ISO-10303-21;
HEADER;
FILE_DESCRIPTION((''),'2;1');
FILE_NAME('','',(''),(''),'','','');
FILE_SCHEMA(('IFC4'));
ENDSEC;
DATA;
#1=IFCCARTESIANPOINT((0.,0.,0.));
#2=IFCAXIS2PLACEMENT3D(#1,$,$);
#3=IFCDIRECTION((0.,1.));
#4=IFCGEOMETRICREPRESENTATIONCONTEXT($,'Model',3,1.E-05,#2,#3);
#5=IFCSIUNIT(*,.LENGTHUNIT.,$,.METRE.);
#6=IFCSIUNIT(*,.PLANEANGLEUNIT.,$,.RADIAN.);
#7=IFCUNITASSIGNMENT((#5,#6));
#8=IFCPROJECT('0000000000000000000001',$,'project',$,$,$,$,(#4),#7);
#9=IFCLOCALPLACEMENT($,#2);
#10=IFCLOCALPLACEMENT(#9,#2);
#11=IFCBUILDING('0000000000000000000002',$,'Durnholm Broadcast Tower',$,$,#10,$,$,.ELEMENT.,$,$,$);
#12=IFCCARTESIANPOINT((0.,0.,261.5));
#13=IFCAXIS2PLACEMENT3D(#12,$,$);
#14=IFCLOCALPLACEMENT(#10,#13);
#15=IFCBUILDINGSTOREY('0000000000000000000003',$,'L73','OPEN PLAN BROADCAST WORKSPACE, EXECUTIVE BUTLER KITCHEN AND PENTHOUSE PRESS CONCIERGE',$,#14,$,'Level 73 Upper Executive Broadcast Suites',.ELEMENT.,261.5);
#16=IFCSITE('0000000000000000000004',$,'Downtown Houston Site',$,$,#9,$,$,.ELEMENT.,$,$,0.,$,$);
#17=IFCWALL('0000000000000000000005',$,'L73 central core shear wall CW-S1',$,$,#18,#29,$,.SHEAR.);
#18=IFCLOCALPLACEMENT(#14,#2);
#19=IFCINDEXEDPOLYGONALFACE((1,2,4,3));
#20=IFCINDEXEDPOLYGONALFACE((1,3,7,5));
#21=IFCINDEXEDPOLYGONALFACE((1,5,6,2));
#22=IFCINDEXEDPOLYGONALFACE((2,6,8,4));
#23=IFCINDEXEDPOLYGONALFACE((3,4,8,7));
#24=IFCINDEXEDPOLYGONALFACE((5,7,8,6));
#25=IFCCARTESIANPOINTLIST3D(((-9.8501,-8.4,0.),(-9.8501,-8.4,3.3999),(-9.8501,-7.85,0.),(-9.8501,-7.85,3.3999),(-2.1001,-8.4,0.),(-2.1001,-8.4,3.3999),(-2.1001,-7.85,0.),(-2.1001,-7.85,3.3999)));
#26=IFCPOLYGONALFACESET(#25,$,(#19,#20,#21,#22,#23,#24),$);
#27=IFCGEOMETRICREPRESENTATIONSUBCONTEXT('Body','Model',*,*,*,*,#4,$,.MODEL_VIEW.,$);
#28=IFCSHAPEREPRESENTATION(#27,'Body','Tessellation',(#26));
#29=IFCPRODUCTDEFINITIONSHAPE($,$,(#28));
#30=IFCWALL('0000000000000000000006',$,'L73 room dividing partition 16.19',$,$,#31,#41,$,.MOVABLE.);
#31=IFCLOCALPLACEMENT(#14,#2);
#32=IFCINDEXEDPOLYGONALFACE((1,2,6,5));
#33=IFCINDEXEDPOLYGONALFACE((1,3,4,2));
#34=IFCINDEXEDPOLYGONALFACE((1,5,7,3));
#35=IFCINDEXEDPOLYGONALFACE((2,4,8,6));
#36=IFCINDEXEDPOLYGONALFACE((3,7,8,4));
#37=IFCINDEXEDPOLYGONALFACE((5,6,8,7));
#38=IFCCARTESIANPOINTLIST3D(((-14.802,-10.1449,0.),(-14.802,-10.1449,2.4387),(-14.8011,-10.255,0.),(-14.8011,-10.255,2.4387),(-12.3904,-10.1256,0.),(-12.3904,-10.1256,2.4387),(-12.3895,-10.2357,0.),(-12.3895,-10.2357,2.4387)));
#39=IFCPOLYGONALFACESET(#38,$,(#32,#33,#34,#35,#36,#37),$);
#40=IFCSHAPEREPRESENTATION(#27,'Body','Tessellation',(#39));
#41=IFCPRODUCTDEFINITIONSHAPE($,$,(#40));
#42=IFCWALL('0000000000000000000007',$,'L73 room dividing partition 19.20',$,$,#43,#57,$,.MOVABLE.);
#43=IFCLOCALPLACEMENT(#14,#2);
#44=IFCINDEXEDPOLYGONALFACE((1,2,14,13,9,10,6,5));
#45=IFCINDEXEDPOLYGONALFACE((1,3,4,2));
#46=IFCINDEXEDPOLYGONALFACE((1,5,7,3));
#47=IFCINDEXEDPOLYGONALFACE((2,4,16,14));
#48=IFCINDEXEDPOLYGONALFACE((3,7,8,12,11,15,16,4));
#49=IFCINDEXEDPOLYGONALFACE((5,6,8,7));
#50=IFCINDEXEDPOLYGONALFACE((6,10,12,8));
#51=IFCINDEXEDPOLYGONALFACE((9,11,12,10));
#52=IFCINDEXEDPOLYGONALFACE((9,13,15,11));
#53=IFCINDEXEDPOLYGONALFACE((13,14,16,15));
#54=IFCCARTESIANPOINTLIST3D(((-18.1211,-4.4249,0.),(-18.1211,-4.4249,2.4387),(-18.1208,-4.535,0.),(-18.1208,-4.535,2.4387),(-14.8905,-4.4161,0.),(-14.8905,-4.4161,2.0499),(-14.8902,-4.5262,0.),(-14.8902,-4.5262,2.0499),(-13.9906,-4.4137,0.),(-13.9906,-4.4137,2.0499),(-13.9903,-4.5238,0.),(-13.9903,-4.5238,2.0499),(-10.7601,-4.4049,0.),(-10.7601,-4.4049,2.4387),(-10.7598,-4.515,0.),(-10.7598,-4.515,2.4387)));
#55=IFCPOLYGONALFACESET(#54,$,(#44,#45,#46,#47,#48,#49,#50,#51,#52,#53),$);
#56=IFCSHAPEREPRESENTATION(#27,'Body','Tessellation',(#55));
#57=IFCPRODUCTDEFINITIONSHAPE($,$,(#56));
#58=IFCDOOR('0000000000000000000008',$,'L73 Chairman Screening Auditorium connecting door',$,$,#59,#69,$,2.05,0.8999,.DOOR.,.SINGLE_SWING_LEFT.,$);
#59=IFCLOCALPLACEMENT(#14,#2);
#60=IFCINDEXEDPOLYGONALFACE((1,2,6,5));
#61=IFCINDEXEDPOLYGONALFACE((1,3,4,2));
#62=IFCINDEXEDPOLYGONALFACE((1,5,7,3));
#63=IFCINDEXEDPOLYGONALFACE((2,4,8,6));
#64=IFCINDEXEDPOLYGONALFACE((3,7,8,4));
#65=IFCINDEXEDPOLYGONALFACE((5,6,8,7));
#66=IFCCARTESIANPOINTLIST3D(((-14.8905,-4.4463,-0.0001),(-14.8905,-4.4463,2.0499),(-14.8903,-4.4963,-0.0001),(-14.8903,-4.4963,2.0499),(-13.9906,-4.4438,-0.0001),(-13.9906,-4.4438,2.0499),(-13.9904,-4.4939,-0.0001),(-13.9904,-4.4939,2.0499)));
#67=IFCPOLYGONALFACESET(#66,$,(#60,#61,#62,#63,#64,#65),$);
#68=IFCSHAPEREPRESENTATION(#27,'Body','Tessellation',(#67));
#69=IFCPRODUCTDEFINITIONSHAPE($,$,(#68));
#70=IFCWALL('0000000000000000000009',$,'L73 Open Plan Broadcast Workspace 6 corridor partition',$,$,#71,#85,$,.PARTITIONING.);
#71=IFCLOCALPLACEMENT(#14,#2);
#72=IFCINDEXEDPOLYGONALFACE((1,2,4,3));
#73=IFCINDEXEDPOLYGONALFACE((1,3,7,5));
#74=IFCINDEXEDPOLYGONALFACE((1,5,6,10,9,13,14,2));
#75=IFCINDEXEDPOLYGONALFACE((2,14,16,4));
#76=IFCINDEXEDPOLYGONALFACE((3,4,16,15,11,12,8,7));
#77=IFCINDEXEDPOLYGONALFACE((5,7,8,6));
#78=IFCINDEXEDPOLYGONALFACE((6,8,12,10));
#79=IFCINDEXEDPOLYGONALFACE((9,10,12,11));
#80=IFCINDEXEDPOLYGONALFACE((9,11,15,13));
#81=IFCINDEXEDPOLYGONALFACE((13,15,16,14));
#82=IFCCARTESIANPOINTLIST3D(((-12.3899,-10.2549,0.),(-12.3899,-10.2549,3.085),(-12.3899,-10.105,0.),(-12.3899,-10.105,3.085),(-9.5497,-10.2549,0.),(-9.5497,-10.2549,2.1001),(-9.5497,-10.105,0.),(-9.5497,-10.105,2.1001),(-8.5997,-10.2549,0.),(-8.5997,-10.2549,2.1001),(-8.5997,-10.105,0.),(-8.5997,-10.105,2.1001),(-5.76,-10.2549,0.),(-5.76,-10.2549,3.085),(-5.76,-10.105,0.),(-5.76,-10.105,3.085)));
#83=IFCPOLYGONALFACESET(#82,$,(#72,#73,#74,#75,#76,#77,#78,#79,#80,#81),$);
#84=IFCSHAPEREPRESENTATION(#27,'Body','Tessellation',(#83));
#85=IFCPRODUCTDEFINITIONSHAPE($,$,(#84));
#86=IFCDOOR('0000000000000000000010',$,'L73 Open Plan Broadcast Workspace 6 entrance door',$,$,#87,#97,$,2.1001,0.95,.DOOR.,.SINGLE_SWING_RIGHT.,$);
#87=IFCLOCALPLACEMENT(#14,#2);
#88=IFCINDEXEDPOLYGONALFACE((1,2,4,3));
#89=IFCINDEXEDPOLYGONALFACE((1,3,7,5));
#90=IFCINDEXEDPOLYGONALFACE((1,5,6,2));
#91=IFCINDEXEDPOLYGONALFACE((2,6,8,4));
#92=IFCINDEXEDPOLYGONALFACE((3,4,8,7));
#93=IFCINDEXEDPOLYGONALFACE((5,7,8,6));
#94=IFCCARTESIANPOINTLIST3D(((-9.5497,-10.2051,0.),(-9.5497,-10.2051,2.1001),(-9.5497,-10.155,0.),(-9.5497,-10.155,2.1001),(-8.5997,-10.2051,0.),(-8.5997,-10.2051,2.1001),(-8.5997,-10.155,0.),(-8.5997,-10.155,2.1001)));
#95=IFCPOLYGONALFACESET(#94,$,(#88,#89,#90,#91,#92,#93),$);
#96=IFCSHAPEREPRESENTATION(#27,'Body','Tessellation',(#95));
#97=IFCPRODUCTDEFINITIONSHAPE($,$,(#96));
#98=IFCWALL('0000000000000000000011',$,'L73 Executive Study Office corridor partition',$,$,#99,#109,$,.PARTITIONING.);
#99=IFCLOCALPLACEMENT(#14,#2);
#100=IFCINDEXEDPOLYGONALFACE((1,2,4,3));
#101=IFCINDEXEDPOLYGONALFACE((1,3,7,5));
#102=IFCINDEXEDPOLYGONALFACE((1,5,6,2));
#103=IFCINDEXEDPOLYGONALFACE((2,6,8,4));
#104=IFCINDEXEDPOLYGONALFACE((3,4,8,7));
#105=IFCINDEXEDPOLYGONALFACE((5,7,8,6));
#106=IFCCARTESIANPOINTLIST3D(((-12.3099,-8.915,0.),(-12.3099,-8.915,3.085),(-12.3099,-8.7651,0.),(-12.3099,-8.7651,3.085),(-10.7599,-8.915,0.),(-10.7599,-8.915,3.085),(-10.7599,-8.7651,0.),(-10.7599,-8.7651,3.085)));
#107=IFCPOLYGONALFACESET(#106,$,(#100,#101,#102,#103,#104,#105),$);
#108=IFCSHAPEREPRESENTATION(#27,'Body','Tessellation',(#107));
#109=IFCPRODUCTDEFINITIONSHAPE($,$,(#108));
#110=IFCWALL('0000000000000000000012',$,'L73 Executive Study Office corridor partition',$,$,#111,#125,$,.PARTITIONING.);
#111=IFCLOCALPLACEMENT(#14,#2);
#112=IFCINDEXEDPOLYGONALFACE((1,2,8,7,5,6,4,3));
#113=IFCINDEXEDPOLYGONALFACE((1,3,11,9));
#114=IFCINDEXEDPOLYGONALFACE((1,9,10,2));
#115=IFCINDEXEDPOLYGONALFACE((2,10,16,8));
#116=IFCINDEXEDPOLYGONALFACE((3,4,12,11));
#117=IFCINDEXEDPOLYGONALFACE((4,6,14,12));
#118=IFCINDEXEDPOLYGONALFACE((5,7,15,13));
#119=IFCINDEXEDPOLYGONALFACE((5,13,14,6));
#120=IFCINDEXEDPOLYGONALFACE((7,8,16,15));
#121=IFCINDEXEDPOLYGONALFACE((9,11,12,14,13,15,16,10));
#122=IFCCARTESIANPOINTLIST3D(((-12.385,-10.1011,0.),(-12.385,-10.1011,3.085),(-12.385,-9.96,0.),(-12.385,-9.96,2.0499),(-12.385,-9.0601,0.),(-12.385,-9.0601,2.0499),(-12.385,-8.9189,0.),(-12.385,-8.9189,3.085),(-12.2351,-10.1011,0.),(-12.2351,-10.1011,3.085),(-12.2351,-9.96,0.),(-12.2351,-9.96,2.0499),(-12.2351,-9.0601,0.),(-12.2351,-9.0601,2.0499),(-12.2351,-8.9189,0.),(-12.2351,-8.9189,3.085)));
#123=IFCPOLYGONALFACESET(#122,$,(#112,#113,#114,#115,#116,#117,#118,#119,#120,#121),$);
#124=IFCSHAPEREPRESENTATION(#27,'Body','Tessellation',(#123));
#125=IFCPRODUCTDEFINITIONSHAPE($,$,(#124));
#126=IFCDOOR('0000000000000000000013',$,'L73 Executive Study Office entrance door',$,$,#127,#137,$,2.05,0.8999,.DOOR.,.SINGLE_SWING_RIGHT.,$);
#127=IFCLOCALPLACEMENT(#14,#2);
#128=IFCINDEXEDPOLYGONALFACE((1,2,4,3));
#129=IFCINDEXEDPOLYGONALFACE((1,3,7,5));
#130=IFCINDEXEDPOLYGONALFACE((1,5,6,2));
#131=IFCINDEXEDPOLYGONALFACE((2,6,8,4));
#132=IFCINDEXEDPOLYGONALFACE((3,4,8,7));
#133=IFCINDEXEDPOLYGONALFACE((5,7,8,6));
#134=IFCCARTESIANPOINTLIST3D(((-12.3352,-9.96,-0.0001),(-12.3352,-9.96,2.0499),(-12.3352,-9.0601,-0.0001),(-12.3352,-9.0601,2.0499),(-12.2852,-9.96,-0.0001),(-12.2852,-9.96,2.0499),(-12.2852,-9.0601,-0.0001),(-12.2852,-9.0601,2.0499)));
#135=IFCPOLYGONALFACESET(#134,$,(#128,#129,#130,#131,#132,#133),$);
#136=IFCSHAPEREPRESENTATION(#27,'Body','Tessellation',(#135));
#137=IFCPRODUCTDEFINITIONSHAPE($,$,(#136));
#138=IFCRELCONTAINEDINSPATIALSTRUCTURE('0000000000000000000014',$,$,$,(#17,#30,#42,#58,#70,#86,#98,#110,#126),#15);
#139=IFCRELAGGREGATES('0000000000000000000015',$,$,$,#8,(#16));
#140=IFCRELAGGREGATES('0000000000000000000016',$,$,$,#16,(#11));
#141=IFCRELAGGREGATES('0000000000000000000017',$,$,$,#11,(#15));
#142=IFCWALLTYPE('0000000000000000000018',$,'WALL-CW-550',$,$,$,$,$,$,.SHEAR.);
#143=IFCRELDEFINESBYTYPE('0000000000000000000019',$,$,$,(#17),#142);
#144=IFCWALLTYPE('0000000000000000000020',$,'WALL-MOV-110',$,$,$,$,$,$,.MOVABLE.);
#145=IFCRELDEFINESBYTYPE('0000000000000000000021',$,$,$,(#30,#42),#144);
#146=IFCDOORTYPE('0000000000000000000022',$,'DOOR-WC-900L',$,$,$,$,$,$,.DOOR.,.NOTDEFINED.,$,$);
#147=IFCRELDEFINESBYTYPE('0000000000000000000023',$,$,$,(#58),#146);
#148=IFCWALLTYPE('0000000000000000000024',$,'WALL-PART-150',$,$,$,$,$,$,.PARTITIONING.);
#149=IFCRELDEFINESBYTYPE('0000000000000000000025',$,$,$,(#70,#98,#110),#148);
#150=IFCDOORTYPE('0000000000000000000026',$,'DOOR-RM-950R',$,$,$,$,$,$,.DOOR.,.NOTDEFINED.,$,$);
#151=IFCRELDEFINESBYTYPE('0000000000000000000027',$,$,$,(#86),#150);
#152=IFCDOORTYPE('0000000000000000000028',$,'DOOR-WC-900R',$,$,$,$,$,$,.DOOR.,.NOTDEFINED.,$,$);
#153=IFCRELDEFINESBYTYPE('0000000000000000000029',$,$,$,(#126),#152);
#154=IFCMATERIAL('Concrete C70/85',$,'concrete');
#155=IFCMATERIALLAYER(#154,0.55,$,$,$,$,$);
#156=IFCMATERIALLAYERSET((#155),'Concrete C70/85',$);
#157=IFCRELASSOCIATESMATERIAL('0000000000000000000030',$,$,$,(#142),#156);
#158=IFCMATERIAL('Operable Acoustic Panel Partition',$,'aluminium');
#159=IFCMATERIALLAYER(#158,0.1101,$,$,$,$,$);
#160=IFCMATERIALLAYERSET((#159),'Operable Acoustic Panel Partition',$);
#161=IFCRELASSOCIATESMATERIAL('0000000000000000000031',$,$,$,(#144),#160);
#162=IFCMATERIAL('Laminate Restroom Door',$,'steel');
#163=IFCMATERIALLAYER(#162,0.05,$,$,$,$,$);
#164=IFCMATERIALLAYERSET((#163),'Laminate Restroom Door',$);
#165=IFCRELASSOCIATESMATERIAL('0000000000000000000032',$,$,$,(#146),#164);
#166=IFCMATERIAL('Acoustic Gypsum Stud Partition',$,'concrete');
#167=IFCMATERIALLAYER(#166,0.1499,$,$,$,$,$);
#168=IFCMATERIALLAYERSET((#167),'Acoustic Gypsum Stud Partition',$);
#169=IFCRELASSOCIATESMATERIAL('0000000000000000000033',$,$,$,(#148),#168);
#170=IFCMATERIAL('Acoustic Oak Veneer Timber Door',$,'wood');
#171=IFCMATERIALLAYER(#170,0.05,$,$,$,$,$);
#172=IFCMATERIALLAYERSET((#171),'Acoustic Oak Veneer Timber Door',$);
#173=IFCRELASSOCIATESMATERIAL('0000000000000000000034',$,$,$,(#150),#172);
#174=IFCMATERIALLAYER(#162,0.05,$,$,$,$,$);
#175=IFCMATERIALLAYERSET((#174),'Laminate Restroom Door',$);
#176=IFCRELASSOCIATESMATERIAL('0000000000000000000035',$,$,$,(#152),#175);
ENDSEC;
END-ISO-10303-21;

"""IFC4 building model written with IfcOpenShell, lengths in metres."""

from ifc_helpers import new_model, si_unit, direction, frame, frame_2d, origin, place, context, subcontext, project, spatial, rectangle, extrude, source, transform, mapped, material, layer, layer_set, type_object, type_shapes, element, fill, save


model = new_model("IFC4")

# Units and contexts
model_context = context("Model", 3, precision=1e-05, world=origin(), true_north=direction((0.0, 1.0)))
body_context = subcontext(model_context, "Body", "Model", "MODEL_VIEW")
ifc_project = project(units=[si_unit("LENGTHUNIT", "METRE"), si_unit("PLANEANGLEUNIT", "RADIAN")], contexts=[model_context])

# Site, building, storey
site_placement = place(None, origin())
site = spatial("IfcSite", under=ifc_project, at=site_placement, Name="Downtown Houston Site", CompositionType="ELEMENT", RefElevation=0.0)
building_placement = place(site_placement, origin())
building = spatial("IfcBuilding", under=site, at=building_placement, Name="Durnholm Broadcast Tower", CompositionType="ELEMENT")
storey_placement = place(building_placement, frame((0.0, 0.0, 261.5)))
storey = spatial("IfcBuildingStorey", under=building, at=storey_placement, Name="L73", Description="OPEN PLAN BROADCAST WORKSPACE, EXECUTIVE BUTLER KITCHEN AND PENTHOUSE PRESS CONCIERGE", LongName="Level 73 Upper Executive Broadcast Suites", CompositionType="ELEMENT", Elevation=261.5)

# Shared definitions
ifc_material_1 = material(Name="Concrete C70/85", Category="concrete")

# Walls
ifc_layer_1 = layer(ifc_material_1, 0.55)
ifc_layer_set_1 = layer_set([ifc_layer_1], Name="Concrete C70/85")
wall_type_1 = type_object("IfcWallType", Name="WALL-CW-550", PredefinedType="SHEAR", material=ifc_layer_set_1)
wall_1_placement = place(storey_placement, frame((-9.8501, -8.125, 0.0), z_axis=(0.0, 0.0, 1.0), x_axis=(1.0, 0.0, 0.0)))
element("IfcWall", 1, at=wall_1_placement, inside=storey, type_object=wall_type_1, Name="L73 central core shear wall CW-S1", PredefinedType="SHEAR", context=body_context, shape_type="SweptSolid", body=[
    extrude(rectangle(XDim=7.75, YDim=0.55, at=frame_2d((3.875, 0.0))), origin(), (0.0, 0.0, 1.0), 3.3999),
])
ifc_material_2 = material(Name="Operable Acoustic Panel Partition", Category="aluminium")
ifc_layer_2 = layer(ifc_material_2, 0.1101)
ifc_layer_set_2 = layer_set([ifc_layer_2], Name="Operable Acoustic Panel Partition")
wall_type_2 = type_object("IfcWallType", Name="WALL-MOV-110", PredefinedType="MOVABLE", material=ifc_layer_set_2)
wall_2_placement = place(storey_placement, frame((-14.8015, -10.2, 0.0), z_axis=(0.0, 0.0, 1.0), x_axis=(0.999968, 0.007997, 0.0)))
element("IfcWall", 2, at=wall_2_placement, inside=storey, type_object=wall_type_2, Name="L73 room dividing partition 16.19", PredefinedType="MOVABLE", context=body_context, shape_type="SweptSolid", body=[
    extrude(rectangle(XDim=2.4116, YDim=0.1101, at=frame_2d((1.2058, 0.0))), origin(), (0.0, 0.0, 1.0), 2.4387),
])

# Walls, openings, doors
wall_3_placement = place(storey_placement, frame((-18.1211, -4.48, 0.0), z_axis=(0.0, 0.0, 1.0), x_axis=(0.999996, 0.00272, 0.0)))
wall_3 = element("IfcWall", 3, at=wall_3_placement, inside=storey, type_object=wall_type_2, Name="L73 room dividing partition 19.20", PredefinedType="MOVABLE", context=body_context, shape_type="SweptSolid", body=[
    extrude(rectangle(XDim=7.3611, YDim=0.1101, at=frame_2d((3.6807, 0.0))), origin(), (0.0, 0.0, 1.0), 2.4387),
])
opening_1_placement = place(wall_3_placement, frame((3.2307, 0.0, 0.0)))
opening_1 = element("IfcOpeningElement", 4, at=opening_1_placement, cuts=wall_3, PredefinedType="OPENING", context=body_context, shape_type="SweptSolid", body=[
    extrude(rectangle(XDim=0.8999, YDim=2.05, at=frame_2d((0.45, 1.0249))), frame((0.0, 0.0649, 0.0), z_axis=(0.0, -1.0, 0.0), x_axis=(1.0, 0.0, 0.0)), (0.0, 0.0, 1.0), 0.1301),
])
ifc_material_3 = material(Name="Laminate Restroom Door", Category="steel")
ifc_layer_3 = layer(ifc_material_3, 0.05)
ifc_layer_set_3 = layer_set([ifc_layer_3], Name="Laminate Restroom Door")
door_type_1 = type_object("IfcDoorType", Name="DOOR-WC-900L", OperationType="NOTDEFINED", PredefinedType="DOOR", material=ifc_layer_set_3)
shared_shape_1 = source(origin(), body_context, "Body", "SweptSolid", [
    extrude(rectangle(XDim=0.8999, YDim=2.05, at=frame_2d((0.45, 1.0249))), frame((0.0, 0.0249, 0.0), z_axis=(0.0, -1.0, 0.0), x_axis=(1.0, 0.0, 0.0)), (0.0, 0.0, 1.0), 0.05),
])
type_shapes(door_type_1, [shared_shape_1])
door_1_placement = place(opening_1_placement, origin())
door_1 = element("IfcDoor", 5, at=door_1_placement, inside=storey, type_object=door_type_1, Name="L73 Chairman Screening Auditorium connecting door", OperationType="SINGLE_SWING_LEFT", OverallHeight=2.05, OverallWidth=0.8999, PredefinedType="DOOR", context=body_context, shape_type="MappedRepresentation", body=[
    mapped(shared_shape_1, transform((0.0, 0.0, 0.0), x_axis=(1.0, 0.0, 0.0), y_axis=(0.0, 1.0, 0.0), z_axis=(0.0, 0.0, 1.0), scale=1.0)),
])
fill(opening_1, door_1)
ifc_material_4 = material(Name="Acoustic Gypsum Stud Partition", Category="concrete")
ifc_layer_4 = layer(ifc_material_4, 0.1499)
ifc_layer_set_4 = layer_set([ifc_layer_4], Name="Acoustic Gypsum Stud Partition")
wall_type_3 = type_object("IfcWallType", Name="WALL-PART-150", PredefinedType="PARTITIONING", material=ifc_layer_set_4)
wall_4_placement = place(storey_placement, frame((-12.3899, -10.1799, 0.0), z_axis=(0.0, 0.0, 1.0), x_axis=(1.0, 0.0, 0.0)))
wall_4 = element("IfcWall", 6, at=wall_4_placement, inside=storey, type_object=wall_type_3, Name="L73 Open Plan Broadcast Workspace 6 corridor partition", PredefinedType="PARTITIONING", context=body_context, shape_type="SweptSolid", body=[
    extrude(rectangle(XDim=6.6299, YDim=0.1499, at=frame_2d((3.3149, 0.0))), origin(), (0.0, 0.0, 1.0), 3.085),
])
opening_2_placement = place(wall_4_placement, frame((2.8401, 0.0, 0.0)))
opening_2 = element("IfcOpeningElement", 7, at=opening_2_placement, cuts=wall_4, PredefinedType="OPENING", context=body_context, shape_type="SweptSolid", body=[
    extrude(rectangle(XDim=0.95, YDim=2.1001, at=frame_2d((0.4751, 1.05))), frame((0.0, 0.085, 0.0), z_axis=(0.0, -1.0, 0.0), x_axis=(1.0, 0.0, 0.0)), (0.0, 0.0, 1.0), 0.1699),
])
ifc_material_5 = material(Name="Acoustic Oak Veneer Timber Door", Category="wood")
ifc_layer_5 = layer(ifc_material_5, 0.05)
ifc_layer_set_5 = layer_set([ifc_layer_5], Name="Acoustic Oak Veneer Timber Door")
door_type_2 = type_object("IfcDoorType", Name="DOOR-RM-950R", OperationType="NOTDEFINED", PredefinedType="DOOR", material=ifc_layer_set_5)
shared_shape_2 = source(origin(), body_context, "Body", "SweptSolid", [
    extrude(rectangle(XDim=0.95, YDim=2.1001, at=frame_2d((0.4751, 1.05))), frame((0.0, 0.0249, 0.0), z_axis=(0.0, -1.0, 0.0), x_axis=(1.0, 0.0, 0.0)), (0.0, 0.0, 1.0), 0.05),
])
type_shapes(door_type_2, [shared_shape_2])
door_2_placement = place(opening_2_placement, origin())
door_2 = element("IfcDoor", 8, at=door_2_placement, inside=storey, type_object=door_type_2, Name="L73 Open Plan Broadcast Workspace 6 entrance door", OperationType="SINGLE_SWING_RIGHT", OverallHeight=2.1001, OverallWidth=0.95, PredefinedType="DOOR", context=body_context, shape_type="MappedRepresentation", body=[
    mapped(shared_shape_2, transform((0.0, 0.0, 0.0), x_axis=(1.0, 0.0, 0.0), y_axis=(0.0, 1.0, 0.0), z_axis=(0.0, 0.0, 1.0), scale=1.0)),
])
fill(opening_2, door_2)

# Wall
wall_5_placement = place(storey_placement, frame((-10.76, -8.8401, 0.0), z_axis=(0.0, 0.0, 1.0), x_axis=(-1.0, 0.0, 0.0)))
element("IfcWall", 9, at=wall_5_placement, inside=storey, type_object=wall_type_3, Name="L73 Executive Study Office corridor partition", PredefinedType="PARTITIONING", context=body_context, shape_type="SweptSolid", body=[
    extrude(rectangle(XDim=1.55, YDim=0.1499, at=frame_2d((0.7749, 0.0))), origin(), (0.0, 0.0, 1.0), 3.085),
])

# Wall, opening, door
wall_6_placement = place(storey_placement, frame((-12.3101, -8.9189, 0.0), z_axis=(0.0, 0.0, 1.0), x_axis=(0.0, -1.0, 0.0)))
wall_6 = element("IfcWall", 10, at=wall_6_placement, inside=storey, type_object=wall_type_3, Name="L73 Executive Study Office corridor partition", PredefinedType="PARTITIONING", context=body_context, shape_type="SweptSolid", body=[
    extrude(rectangle(XDim=1.1821, YDim=0.1499, at=frame_2d((0.5911, 0.0))), origin(), (0.0, 0.0, 1.0), 3.085),
])
opening_3_placement = place(wall_6_placement, frame((0.1411, 0.0, 0.0)))
opening_3 = element("IfcOpeningElement", 11, at=opening_3_placement, cuts=wall_6, PredefinedType="OPENING", context=body_context, shape_type="SweptSolid", body=[
    extrude(rectangle(XDim=0.8999, YDim=2.05, at=frame_2d((0.45, 1.0249))), frame((0.0, 0.085, 0.0), z_axis=(0.0, -1.0, 0.0), x_axis=(1.0, 0.0, 0.0)), (0.0, 0.0, 1.0), 0.1699),
])
ifc_layer_6 = layer(ifc_material_3, 0.05)
ifc_layer_set_6 = layer_set([ifc_layer_6], Name="Laminate Restroom Door")
door_type_3 = type_object("IfcDoorType", Name="DOOR-WC-900R", OperationType="NOTDEFINED", PredefinedType="DOOR", material=ifc_layer_set_6)
shared_shape_3 = source(origin(), body_context, "Body", "SweptSolid", [
    extrude(rectangle(XDim=0.8999, YDim=2.05, at=frame_2d((0.45, 1.0249))), frame((0.0, 0.0249, 0.0), z_axis=(0.0, -1.0, 0.0), x_axis=(1.0, 0.0, 0.0)), (0.0, 0.0, 1.0), 0.05),
])
type_shapes(door_type_3, [shared_shape_3])
door_3_placement = place(opening_3_placement, origin())
door_3 = element("IfcDoor", 12, at=door_3_placement, inside=storey, type_object=door_type_3, Name="L73 Executive Study Office entrance door", OperationType="SINGLE_SWING_RIGHT", OverallHeight=2.05, OverallWidth=0.8999, PredefinedType="DOOR", context=body_context, shape_type="MappedRepresentation", body=[
    mapped(shared_shape_3, transform((0.0, 0.0, 0.0), x_axis=(1.0, 0.0, 0.0), y_axis=(0.0, 1.0, 0.0), z_axis=(0.0, 0.0, 1.0), scale=1.0)),
])
fill(opening_3, door_3)

save(model, "model.ifc")
